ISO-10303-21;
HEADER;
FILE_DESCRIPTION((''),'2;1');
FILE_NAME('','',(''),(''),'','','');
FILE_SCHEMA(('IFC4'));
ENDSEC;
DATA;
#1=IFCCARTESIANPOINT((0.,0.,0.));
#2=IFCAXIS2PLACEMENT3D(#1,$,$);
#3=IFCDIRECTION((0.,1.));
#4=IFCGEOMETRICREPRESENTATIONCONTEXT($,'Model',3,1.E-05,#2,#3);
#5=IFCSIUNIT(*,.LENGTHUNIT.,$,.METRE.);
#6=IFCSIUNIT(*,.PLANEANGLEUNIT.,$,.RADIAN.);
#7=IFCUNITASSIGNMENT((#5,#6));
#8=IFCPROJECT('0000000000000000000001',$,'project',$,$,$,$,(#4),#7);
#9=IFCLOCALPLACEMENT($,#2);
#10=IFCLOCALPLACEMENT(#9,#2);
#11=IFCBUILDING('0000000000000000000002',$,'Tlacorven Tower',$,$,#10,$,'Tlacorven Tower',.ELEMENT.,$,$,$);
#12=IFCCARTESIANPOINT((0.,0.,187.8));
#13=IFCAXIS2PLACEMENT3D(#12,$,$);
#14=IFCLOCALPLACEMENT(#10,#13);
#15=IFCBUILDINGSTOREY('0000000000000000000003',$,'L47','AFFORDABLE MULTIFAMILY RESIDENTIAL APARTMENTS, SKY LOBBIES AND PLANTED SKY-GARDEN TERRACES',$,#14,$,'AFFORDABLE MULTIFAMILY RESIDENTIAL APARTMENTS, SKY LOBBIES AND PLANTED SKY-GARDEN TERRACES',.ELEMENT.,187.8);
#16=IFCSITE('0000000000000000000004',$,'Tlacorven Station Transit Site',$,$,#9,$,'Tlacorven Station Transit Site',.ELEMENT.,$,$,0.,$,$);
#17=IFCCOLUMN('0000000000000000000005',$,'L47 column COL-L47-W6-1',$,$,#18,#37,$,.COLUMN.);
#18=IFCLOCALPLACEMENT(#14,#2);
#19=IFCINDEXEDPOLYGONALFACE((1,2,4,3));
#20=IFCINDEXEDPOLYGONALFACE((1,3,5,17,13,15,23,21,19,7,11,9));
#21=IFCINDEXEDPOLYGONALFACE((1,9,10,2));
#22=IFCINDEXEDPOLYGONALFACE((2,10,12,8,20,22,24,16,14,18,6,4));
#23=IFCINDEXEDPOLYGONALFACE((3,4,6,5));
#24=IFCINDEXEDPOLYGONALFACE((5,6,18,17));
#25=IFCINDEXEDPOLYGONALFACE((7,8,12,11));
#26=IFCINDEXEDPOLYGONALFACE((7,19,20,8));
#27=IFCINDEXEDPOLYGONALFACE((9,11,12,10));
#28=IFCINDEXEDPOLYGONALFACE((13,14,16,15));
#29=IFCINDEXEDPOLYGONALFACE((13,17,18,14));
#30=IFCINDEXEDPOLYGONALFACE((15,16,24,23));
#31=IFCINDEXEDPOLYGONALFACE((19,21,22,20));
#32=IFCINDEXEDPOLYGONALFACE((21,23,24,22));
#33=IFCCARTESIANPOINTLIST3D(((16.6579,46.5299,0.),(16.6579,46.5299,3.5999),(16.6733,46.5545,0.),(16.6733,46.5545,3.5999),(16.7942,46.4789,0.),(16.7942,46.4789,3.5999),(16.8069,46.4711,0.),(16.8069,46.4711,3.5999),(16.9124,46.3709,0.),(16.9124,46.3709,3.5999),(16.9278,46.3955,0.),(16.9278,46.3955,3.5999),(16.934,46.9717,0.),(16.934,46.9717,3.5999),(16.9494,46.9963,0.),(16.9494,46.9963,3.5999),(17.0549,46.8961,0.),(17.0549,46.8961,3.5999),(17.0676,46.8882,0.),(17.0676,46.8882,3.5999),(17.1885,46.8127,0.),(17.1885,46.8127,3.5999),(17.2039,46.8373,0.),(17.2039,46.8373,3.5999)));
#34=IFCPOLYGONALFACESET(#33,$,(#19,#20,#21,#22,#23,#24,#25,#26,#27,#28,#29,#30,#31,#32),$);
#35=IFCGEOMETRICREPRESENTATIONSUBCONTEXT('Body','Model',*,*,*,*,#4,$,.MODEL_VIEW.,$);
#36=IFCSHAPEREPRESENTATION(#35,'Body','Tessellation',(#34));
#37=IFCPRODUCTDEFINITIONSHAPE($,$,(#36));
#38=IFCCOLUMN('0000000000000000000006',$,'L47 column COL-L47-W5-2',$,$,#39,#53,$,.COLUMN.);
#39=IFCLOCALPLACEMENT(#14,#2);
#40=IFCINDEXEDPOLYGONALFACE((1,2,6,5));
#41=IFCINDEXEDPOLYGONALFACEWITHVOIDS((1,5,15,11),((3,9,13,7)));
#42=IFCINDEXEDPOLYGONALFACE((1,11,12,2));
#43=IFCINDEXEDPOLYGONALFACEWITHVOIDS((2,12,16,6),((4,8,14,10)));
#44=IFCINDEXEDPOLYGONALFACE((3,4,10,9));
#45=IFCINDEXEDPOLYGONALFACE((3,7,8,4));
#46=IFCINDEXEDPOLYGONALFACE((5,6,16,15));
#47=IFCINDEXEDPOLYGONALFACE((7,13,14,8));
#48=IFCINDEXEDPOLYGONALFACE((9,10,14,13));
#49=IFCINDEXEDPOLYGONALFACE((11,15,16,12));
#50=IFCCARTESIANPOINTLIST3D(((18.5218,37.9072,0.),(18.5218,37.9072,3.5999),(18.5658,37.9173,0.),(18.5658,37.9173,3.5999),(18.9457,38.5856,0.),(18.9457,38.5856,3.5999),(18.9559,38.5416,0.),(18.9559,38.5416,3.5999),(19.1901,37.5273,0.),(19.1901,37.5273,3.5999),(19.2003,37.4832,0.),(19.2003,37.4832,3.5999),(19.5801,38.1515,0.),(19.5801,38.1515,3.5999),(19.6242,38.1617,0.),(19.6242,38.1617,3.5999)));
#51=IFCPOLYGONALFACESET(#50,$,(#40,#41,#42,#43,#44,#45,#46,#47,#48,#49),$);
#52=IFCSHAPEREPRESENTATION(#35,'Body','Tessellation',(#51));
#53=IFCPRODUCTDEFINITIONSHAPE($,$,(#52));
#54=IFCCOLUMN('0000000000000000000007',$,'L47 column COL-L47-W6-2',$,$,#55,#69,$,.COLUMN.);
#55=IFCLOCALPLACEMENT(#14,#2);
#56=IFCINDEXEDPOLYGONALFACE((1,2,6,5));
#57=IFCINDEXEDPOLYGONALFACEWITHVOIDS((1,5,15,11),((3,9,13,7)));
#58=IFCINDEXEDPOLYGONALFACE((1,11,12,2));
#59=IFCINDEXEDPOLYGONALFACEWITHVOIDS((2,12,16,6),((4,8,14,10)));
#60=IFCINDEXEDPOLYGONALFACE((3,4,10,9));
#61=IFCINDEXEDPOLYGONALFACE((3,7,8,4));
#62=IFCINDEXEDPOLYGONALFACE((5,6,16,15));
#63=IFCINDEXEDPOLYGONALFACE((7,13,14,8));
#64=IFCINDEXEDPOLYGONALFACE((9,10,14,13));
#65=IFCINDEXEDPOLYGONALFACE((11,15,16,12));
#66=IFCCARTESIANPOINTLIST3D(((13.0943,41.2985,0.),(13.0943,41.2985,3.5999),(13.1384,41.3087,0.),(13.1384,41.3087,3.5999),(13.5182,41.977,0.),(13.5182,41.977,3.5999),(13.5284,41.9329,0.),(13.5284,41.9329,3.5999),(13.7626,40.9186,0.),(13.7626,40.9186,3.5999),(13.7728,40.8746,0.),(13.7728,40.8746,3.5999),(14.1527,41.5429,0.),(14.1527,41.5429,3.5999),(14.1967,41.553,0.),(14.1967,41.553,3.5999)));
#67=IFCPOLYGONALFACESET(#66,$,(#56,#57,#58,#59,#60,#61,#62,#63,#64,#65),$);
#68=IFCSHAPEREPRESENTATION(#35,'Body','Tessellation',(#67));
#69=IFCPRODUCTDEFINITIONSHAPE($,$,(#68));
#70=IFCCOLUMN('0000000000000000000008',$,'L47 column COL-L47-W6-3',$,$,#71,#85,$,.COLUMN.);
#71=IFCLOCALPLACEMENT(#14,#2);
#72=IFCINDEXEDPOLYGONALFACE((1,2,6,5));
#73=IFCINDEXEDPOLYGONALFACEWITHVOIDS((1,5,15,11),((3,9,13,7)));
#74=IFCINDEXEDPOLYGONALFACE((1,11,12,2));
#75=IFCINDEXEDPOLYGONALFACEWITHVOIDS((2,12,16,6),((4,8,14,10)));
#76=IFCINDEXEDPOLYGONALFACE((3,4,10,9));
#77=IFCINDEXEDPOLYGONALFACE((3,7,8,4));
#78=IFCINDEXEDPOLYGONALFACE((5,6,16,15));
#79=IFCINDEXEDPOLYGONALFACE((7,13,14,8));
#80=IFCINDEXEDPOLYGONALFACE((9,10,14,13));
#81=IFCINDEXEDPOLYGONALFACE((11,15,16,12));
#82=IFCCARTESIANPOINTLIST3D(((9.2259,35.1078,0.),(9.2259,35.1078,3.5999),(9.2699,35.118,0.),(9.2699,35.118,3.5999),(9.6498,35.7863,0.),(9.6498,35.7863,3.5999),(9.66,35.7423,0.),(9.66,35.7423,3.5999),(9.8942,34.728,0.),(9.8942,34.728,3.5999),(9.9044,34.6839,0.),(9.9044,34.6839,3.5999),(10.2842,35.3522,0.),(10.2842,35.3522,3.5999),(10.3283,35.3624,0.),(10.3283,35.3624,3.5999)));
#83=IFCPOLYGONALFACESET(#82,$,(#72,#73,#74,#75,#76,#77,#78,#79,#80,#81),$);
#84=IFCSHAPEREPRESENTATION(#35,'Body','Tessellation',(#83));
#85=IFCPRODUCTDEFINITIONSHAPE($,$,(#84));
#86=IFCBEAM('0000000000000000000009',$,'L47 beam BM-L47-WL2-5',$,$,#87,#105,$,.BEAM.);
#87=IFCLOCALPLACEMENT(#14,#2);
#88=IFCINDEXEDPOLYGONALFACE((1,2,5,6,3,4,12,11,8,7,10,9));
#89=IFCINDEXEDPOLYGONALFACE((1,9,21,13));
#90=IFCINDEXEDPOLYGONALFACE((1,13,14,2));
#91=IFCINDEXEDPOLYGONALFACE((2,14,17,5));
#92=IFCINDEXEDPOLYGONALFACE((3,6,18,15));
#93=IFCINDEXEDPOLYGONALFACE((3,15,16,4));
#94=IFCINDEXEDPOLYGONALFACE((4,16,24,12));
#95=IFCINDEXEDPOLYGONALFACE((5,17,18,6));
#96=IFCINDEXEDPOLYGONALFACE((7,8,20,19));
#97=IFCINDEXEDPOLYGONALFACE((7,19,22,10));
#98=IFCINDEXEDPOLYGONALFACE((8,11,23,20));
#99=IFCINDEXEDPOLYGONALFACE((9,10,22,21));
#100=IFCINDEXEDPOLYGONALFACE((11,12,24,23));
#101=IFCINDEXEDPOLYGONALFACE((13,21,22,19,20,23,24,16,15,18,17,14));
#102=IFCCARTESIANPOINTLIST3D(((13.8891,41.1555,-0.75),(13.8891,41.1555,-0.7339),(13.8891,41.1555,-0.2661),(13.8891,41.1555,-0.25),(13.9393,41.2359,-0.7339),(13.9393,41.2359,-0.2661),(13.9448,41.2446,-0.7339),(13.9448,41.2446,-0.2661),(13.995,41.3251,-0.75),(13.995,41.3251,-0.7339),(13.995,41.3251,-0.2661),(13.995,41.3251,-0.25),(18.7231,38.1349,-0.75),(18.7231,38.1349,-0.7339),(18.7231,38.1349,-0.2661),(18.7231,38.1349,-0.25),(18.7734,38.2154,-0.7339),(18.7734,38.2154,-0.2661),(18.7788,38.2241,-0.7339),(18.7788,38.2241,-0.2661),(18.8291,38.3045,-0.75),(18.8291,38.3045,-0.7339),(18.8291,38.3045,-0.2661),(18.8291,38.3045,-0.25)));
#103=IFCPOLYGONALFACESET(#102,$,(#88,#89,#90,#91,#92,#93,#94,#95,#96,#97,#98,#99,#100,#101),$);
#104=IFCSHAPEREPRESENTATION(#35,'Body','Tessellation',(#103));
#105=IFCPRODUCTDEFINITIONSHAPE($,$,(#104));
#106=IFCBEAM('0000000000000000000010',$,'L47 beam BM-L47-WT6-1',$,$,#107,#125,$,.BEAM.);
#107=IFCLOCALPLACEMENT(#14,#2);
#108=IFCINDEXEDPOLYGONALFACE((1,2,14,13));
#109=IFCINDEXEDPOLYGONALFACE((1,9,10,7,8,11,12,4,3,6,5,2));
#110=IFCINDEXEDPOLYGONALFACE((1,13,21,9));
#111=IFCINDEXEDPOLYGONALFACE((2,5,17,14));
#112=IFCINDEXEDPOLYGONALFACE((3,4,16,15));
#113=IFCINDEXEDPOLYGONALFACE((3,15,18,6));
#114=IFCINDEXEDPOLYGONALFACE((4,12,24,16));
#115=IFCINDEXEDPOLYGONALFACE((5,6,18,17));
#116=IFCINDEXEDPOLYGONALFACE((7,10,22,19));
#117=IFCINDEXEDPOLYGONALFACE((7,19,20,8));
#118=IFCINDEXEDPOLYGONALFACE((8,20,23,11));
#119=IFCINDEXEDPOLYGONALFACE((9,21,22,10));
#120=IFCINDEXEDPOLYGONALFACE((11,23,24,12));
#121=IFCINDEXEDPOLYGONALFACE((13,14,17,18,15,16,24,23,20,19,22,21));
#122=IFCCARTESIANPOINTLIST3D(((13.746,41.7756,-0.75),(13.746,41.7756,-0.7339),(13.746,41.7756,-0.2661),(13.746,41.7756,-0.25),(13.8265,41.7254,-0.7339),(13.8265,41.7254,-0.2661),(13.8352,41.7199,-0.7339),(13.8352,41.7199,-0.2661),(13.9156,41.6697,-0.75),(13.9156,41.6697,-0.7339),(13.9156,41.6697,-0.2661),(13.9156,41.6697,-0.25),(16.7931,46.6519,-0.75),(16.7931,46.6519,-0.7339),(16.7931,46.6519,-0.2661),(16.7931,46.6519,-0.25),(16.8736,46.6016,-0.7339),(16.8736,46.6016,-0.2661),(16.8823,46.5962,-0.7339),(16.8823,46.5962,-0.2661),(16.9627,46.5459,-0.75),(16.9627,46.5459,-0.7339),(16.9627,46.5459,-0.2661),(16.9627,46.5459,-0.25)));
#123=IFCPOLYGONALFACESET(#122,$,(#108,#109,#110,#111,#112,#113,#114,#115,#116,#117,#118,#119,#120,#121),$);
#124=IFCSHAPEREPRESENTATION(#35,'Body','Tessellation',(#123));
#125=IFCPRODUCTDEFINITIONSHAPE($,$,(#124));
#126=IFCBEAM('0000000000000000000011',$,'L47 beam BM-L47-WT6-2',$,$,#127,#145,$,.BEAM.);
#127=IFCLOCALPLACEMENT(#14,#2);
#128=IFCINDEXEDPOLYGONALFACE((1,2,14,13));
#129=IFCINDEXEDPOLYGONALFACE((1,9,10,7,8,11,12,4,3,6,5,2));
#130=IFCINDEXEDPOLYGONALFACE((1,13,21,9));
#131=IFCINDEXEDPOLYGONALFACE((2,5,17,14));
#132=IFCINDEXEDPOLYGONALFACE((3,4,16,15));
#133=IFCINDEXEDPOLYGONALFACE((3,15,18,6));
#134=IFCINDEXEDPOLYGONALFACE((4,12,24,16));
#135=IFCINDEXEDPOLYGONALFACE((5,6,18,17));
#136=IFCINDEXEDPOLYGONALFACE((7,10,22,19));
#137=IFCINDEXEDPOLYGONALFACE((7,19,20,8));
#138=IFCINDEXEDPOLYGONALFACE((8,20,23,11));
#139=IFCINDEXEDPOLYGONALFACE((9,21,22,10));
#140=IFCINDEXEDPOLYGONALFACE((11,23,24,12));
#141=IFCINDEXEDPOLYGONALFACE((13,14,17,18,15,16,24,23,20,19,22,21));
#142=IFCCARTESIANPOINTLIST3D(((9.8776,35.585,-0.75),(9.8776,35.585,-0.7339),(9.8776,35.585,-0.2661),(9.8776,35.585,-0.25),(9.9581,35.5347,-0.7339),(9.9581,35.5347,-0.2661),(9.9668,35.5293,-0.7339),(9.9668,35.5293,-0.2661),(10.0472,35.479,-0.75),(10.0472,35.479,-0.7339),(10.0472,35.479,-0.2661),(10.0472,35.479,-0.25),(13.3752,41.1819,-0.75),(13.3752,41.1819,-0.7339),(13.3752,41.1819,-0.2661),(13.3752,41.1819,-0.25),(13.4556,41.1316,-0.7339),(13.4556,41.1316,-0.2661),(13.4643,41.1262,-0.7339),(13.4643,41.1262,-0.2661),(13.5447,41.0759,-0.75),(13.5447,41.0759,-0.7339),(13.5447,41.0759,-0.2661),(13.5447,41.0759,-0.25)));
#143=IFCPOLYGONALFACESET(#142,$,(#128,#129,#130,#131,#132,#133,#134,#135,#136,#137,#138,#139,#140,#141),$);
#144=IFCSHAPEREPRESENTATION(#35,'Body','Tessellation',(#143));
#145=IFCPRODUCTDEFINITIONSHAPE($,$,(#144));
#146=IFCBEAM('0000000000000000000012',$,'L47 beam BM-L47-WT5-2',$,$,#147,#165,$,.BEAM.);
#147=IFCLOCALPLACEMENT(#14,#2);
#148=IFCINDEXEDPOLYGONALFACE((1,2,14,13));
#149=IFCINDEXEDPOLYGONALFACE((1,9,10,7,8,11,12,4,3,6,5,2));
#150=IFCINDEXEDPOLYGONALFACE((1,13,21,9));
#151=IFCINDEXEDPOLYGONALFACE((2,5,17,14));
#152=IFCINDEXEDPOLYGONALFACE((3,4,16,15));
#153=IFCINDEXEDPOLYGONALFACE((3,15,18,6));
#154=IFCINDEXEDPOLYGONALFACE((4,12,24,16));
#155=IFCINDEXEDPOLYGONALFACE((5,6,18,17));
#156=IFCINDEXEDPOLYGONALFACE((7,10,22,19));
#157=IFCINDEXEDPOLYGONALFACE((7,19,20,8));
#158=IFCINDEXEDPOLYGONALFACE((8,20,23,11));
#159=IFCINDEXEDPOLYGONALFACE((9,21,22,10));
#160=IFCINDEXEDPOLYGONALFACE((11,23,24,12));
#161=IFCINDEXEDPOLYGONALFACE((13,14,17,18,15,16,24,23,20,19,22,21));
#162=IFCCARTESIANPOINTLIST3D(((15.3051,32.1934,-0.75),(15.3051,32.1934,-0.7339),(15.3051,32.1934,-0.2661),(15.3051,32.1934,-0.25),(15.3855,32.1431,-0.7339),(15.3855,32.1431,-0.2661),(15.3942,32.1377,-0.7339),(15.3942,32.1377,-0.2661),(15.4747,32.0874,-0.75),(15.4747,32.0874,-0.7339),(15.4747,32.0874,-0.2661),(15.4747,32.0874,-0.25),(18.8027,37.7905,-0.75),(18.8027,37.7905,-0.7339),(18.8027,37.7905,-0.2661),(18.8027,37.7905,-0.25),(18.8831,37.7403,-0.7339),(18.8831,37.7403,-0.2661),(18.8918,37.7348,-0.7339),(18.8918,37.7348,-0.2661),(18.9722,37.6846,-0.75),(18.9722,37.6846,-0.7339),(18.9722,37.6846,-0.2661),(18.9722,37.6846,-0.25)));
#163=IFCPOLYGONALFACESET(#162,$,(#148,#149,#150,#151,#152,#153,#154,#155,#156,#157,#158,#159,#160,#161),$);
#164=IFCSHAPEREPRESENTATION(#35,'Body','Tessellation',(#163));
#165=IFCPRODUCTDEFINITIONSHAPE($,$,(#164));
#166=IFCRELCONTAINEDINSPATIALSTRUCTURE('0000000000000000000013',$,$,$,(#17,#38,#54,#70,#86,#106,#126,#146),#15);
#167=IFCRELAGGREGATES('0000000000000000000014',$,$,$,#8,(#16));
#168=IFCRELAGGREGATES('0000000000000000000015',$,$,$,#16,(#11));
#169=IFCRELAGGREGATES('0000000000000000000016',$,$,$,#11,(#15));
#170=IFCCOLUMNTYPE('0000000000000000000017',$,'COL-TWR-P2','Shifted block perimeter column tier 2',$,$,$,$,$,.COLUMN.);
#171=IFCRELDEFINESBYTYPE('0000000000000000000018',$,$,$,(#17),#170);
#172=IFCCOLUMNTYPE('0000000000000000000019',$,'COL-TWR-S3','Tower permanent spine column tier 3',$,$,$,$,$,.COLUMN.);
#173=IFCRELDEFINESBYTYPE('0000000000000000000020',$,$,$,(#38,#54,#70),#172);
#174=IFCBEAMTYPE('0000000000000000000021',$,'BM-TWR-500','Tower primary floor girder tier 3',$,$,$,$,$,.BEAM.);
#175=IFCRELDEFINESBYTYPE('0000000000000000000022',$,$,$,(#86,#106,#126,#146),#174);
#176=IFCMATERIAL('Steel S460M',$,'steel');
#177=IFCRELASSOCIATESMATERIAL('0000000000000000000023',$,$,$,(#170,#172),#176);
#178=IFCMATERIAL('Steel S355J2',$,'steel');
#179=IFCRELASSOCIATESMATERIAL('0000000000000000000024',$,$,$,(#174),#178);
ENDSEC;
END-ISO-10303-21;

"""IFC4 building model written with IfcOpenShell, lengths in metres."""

from ifc_helpers import new_model, si_unit, direction, frame, origin, origin_2d, place, context, subcontext, project, spatial, hollow_rectangle, i_section, extrude, source, transform, mapped, material, material_profile, profile_set, type_object, element, save


model = new_model("IFC4")

# Units and contexts
model_context = context("Model", 3, precision=1e-05, world=origin(), true_north=direction((0.0, 1.0)))
body_context = subcontext(model_context, "Body", "Model", "MODEL_VIEW")
ifc_project = project(units=[si_unit("LENGTHUNIT", "METRE"), si_unit("PLANEANGLEUNIT", "RADIAN")], contexts=[model_context])

# Site, building, storey
site_placement = place(None, origin())
site = spatial("IfcSite", under=ifc_project, at=site_placement, Name="Tlacorven Station Transit Site", LongName="Tlacorven Station Transit Site", CompositionType="ELEMENT", RefElevation=0.0)
building_placement = place(site_placement, origin())
building = spatial("IfcBuilding", under=site, at=building_placement, Name="Tlacorven Tower", LongName="Tlacorven Tower", CompositionType="ELEMENT")
storey_placement = place(building_placement, frame((0.0, 0.0, 187.8)))
storey = spatial("IfcBuildingStorey", under=building, at=storey_placement, Name="L47", Description="AFFORDABLE MULTIFAMILY RESIDENTIAL APARTMENTS, SKY LOBBIES AND PLANTED SKY-GARDEN TERRACES", LongName="AFFORDABLE MULTIFAMILY RESIDENTIAL APARTMENTS, SKY LOBBIES AND PLANTED SKY-GARDEN TERRACES", CompositionType="ELEMENT", Elevation=187.8)

# Columns
ifc_material_1 = material(Name="Steel S460M", Category="steel")
ifc_material_profile_1 = material_profile(ifc_material_1, i_section(OverallWidth=0.3, OverallDepth=0.55, WebThickness=0.0149, FlangeThickness=0.0291, at=origin_2d()), Name="HEB 550")
ifc_profile_set_1 = profile_set([ifc_material_profile_1], Name="Steel S460M")
column_type_1 = type_object("IfcColumnType", Name="COL-TWR-P2", Description="Shifted block perimeter column tier 2", PredefinedType="COLUMN", material=ifc_profile_set_1)
shared_shape_1 = source(origin(), body_context, "Body", "SweptSolid", [
    extrude(i_section(OverallWidth=0.3, OverallDepth=0.55, WebThickness=0.0149, FlangeThickness=0.0291, at=origin_2d()), origin(), (0.0, 0.0, 1.0), 3.5999),
])
column_placement = place(storey_placement, frame((16.9309, 46.6836, 0.0), z_axis=(0.0, 0.0, 1.0), x_axis=(-0.848048, 0.529919, 0.0)))
element("IfcColumn", 1, at=column_placement, inside=storey, type_object=column_type_1, Name="L47 column COL-L47-W6-1", PredefinedType="COLUMN", context=body_context, shape_type="MappedRepresentation", body=[
    mapped(shared_shape_1, transform((0.0, 0.0, 0.0), scale=1.0)),
])
ifc_material_profile_2 = material_profile(ifc_material_1, hollow_rectangle(XDim=0.8, YDim=0.8, WallThickness=0.032, at=origin_2d()), Name="BOX 800X800X32")
ifc_profile_set_2 = profile_set([ifc_material_profile_2], Name="Steel S460M")
column_type_2 = type_object("IfcColumnType", Name="COL-TWR-S3", Description="Tower permanent spine column tier 3", PredefinedType="COLUMN", material=ifc_profile_set_2)
shared_shape_2 = source(origin(), body_context, "Body", "SweptSolid", [
    extrude(hollow_rectangle(XDim=0.8, YDim=0.8, WallThickness=0.032, at=origin_2d()), origin(), (0.0, 0.0, 1.0), 3.5999),
])
for number, where, z_axis, x_axis, name in (
    (2, (19.073, 38.0344, 0.0), (0.0, 0.0, 1.0), (-0.848048, 0.529919, 0.0), "L47 column COL-L47-W5-2"),
    (3, (13.6455, 41.4258, 0.0), (0.0, 0.0, 1.0), (-0.848048, 0.529919, 0.0), "L47 column COL-L47-W6-2"),
    (4, (9.7771, 35.2351, 0.0), (0.0, 0.0, 1.0), (-0.848048, 0.529919, 0.0), "L47 column COL-L47-W6-3"),
):
    element("IfcColumn", number, at=place(storey_placement, frame(where, z_axis=z_axis, x_axis=x_axis)), inside=storey, type_object=column_type_2, Name=name, PredefinedType="COLUMN", context=body_context, shape_type="MappedRepresentation", body=[
        mapped(shared_shape_2, transform((0.0, 0.0, 0.0), scale=1.0)),
    ])

# Beams
ifc_material_2 = material(Name="Steel S355J2", Category="steel")
ifc_material_profile_3 = material_profile(ifc_material_2, i_section(OverallWidth=0.2, OverallDepth=0.5, WebThickness=0.0103, FlangeThickness=0.0161, at=origin_2d()), Name="IPE 500")
ifc_profile_set_3 = profile_set([ifc_material_profile_3], Name="Steel S355J2")
beam_type_1 = type_object("IfcBeamType", Name="BM-TWR-500", Description="Tower primary floor girder tier 3", PredefinedType="BEAM", material=ifc_profile_set_3)
shared_shape_3 = source(origin(), body_context, "Body", "SweptSolid", [
    extrude(i_section(OverallWidth=0.2, OverallDepth=0.5, WebThickness=0.0103, FlangeThickness=0.0161, at=origin_2d()), origin(), (0.0, 0.0, 1.0), 5.7002),
])
beam_1_placement = place(storey_placement, frame((18.7761, 38.2197, -0.5), z_axis=(-0.848056, 0.529907, 0.0), x_axis=(-0.529907, -0.848056, 0.0)))
element("IfcBeam", 5, at=beam_1_placement, inside=storey, type_object=beam_type_1, Name="L47 beam BM-L47-WL2-5", PredefinedType="BEAM", context=body_context, shape_type="MappedRepresentation", body=[
    mapped(shared_shape_3, transform((0.0, 0.0, 0.0), scale=1.0)),
])
shared_shape_4 = source(origin(), body_context, "Body", "SweptSolid", [
    extrude(i_section(OverallWidth=0.2, OverallDepth=0.5, WebThickness=0.0103, FlangeThickness=0.0161, at=origin_2d()), origin(), (0.0, 0.0, 1.0), 5.75),
])
beam_2_placement = place(storey_placement, frame((16.8779, 46.5989, -0.5), z_axis=(-0.529934, -0.848039, 0.0), x_axis=(0.848039, -0.529934, 0.0)))
element("IfcBeam", 6, at=beam_2_placement, inside=storey, type_object=beam_type_1, Name="L47 beam BM-L47-WT6-1", PredefinedType="BEAM", context=body_context, shape_type="MappedRepresentation", body=[
    mapped(shared_shape_4, transform((0.0, 0.0, 0.0), scale=1.0)),
])
shared_shape_5 = source(origin(), body_context, "Body", "SweptSolid", [
    extrude(i_section(OverallWidth=0.2, OverallDepth=0.5, WebThickness=0.0103, FlangeThickness=0.0161, at=origin_2d()), origin(), (0.0, 0.0, 1.0), 6.5999),
])
beam_3_placement = place(storey_placement, frame((13.46, 41.1289, -0.5), z_axis=(-0.529942, -0.848034, 0.0), x_axis=(0.848034, -0.529942, 0.0)))
element("IfcBeam", 7, at=beam_3_placement, inside=storey, type_object=beam_type_1, Name="L47 beam BM-L47-WT6-2", PredefinedType="BEAM", context=body_context, shape_type="MappedRepresentation", body=[
    mapped(shared_shape_5, transform((0.0, 0.0, 0.0), scale=1.0)),
])
shared_shape_6 = source(origin(), body_context, "Body", "SweptSolid", [
    extrude(i_section(OverallWidth=0.2, OverallDepth=0.5, WebThickness=0.0103, FlangeThickness=0.0161, at=origin_2d()), origin(), (0.0, 0.0, 1.0), 6.6001),
])
beam_4_placement = place(storey_placement, frame((18.8875, 37.7375, -0.5), z_axis=(-0.529926, -0.848044, 0.0), x_axis=(0.848044, -0.529926, 0.0)))
element("IfcBeam", 8, at=beam_4_placement, inside=storey, type_object=beam_type_1, Name="L47 beam BM-L47-WT5-2", PredefinedType="BEAM", context=body_context, shape_type="MappedRepresentation", body=[
    mapped(shared_shape_6, transform((0.0, 0.0, 0.0), scale=1.0)),
])

save(model, "model.ifc")
